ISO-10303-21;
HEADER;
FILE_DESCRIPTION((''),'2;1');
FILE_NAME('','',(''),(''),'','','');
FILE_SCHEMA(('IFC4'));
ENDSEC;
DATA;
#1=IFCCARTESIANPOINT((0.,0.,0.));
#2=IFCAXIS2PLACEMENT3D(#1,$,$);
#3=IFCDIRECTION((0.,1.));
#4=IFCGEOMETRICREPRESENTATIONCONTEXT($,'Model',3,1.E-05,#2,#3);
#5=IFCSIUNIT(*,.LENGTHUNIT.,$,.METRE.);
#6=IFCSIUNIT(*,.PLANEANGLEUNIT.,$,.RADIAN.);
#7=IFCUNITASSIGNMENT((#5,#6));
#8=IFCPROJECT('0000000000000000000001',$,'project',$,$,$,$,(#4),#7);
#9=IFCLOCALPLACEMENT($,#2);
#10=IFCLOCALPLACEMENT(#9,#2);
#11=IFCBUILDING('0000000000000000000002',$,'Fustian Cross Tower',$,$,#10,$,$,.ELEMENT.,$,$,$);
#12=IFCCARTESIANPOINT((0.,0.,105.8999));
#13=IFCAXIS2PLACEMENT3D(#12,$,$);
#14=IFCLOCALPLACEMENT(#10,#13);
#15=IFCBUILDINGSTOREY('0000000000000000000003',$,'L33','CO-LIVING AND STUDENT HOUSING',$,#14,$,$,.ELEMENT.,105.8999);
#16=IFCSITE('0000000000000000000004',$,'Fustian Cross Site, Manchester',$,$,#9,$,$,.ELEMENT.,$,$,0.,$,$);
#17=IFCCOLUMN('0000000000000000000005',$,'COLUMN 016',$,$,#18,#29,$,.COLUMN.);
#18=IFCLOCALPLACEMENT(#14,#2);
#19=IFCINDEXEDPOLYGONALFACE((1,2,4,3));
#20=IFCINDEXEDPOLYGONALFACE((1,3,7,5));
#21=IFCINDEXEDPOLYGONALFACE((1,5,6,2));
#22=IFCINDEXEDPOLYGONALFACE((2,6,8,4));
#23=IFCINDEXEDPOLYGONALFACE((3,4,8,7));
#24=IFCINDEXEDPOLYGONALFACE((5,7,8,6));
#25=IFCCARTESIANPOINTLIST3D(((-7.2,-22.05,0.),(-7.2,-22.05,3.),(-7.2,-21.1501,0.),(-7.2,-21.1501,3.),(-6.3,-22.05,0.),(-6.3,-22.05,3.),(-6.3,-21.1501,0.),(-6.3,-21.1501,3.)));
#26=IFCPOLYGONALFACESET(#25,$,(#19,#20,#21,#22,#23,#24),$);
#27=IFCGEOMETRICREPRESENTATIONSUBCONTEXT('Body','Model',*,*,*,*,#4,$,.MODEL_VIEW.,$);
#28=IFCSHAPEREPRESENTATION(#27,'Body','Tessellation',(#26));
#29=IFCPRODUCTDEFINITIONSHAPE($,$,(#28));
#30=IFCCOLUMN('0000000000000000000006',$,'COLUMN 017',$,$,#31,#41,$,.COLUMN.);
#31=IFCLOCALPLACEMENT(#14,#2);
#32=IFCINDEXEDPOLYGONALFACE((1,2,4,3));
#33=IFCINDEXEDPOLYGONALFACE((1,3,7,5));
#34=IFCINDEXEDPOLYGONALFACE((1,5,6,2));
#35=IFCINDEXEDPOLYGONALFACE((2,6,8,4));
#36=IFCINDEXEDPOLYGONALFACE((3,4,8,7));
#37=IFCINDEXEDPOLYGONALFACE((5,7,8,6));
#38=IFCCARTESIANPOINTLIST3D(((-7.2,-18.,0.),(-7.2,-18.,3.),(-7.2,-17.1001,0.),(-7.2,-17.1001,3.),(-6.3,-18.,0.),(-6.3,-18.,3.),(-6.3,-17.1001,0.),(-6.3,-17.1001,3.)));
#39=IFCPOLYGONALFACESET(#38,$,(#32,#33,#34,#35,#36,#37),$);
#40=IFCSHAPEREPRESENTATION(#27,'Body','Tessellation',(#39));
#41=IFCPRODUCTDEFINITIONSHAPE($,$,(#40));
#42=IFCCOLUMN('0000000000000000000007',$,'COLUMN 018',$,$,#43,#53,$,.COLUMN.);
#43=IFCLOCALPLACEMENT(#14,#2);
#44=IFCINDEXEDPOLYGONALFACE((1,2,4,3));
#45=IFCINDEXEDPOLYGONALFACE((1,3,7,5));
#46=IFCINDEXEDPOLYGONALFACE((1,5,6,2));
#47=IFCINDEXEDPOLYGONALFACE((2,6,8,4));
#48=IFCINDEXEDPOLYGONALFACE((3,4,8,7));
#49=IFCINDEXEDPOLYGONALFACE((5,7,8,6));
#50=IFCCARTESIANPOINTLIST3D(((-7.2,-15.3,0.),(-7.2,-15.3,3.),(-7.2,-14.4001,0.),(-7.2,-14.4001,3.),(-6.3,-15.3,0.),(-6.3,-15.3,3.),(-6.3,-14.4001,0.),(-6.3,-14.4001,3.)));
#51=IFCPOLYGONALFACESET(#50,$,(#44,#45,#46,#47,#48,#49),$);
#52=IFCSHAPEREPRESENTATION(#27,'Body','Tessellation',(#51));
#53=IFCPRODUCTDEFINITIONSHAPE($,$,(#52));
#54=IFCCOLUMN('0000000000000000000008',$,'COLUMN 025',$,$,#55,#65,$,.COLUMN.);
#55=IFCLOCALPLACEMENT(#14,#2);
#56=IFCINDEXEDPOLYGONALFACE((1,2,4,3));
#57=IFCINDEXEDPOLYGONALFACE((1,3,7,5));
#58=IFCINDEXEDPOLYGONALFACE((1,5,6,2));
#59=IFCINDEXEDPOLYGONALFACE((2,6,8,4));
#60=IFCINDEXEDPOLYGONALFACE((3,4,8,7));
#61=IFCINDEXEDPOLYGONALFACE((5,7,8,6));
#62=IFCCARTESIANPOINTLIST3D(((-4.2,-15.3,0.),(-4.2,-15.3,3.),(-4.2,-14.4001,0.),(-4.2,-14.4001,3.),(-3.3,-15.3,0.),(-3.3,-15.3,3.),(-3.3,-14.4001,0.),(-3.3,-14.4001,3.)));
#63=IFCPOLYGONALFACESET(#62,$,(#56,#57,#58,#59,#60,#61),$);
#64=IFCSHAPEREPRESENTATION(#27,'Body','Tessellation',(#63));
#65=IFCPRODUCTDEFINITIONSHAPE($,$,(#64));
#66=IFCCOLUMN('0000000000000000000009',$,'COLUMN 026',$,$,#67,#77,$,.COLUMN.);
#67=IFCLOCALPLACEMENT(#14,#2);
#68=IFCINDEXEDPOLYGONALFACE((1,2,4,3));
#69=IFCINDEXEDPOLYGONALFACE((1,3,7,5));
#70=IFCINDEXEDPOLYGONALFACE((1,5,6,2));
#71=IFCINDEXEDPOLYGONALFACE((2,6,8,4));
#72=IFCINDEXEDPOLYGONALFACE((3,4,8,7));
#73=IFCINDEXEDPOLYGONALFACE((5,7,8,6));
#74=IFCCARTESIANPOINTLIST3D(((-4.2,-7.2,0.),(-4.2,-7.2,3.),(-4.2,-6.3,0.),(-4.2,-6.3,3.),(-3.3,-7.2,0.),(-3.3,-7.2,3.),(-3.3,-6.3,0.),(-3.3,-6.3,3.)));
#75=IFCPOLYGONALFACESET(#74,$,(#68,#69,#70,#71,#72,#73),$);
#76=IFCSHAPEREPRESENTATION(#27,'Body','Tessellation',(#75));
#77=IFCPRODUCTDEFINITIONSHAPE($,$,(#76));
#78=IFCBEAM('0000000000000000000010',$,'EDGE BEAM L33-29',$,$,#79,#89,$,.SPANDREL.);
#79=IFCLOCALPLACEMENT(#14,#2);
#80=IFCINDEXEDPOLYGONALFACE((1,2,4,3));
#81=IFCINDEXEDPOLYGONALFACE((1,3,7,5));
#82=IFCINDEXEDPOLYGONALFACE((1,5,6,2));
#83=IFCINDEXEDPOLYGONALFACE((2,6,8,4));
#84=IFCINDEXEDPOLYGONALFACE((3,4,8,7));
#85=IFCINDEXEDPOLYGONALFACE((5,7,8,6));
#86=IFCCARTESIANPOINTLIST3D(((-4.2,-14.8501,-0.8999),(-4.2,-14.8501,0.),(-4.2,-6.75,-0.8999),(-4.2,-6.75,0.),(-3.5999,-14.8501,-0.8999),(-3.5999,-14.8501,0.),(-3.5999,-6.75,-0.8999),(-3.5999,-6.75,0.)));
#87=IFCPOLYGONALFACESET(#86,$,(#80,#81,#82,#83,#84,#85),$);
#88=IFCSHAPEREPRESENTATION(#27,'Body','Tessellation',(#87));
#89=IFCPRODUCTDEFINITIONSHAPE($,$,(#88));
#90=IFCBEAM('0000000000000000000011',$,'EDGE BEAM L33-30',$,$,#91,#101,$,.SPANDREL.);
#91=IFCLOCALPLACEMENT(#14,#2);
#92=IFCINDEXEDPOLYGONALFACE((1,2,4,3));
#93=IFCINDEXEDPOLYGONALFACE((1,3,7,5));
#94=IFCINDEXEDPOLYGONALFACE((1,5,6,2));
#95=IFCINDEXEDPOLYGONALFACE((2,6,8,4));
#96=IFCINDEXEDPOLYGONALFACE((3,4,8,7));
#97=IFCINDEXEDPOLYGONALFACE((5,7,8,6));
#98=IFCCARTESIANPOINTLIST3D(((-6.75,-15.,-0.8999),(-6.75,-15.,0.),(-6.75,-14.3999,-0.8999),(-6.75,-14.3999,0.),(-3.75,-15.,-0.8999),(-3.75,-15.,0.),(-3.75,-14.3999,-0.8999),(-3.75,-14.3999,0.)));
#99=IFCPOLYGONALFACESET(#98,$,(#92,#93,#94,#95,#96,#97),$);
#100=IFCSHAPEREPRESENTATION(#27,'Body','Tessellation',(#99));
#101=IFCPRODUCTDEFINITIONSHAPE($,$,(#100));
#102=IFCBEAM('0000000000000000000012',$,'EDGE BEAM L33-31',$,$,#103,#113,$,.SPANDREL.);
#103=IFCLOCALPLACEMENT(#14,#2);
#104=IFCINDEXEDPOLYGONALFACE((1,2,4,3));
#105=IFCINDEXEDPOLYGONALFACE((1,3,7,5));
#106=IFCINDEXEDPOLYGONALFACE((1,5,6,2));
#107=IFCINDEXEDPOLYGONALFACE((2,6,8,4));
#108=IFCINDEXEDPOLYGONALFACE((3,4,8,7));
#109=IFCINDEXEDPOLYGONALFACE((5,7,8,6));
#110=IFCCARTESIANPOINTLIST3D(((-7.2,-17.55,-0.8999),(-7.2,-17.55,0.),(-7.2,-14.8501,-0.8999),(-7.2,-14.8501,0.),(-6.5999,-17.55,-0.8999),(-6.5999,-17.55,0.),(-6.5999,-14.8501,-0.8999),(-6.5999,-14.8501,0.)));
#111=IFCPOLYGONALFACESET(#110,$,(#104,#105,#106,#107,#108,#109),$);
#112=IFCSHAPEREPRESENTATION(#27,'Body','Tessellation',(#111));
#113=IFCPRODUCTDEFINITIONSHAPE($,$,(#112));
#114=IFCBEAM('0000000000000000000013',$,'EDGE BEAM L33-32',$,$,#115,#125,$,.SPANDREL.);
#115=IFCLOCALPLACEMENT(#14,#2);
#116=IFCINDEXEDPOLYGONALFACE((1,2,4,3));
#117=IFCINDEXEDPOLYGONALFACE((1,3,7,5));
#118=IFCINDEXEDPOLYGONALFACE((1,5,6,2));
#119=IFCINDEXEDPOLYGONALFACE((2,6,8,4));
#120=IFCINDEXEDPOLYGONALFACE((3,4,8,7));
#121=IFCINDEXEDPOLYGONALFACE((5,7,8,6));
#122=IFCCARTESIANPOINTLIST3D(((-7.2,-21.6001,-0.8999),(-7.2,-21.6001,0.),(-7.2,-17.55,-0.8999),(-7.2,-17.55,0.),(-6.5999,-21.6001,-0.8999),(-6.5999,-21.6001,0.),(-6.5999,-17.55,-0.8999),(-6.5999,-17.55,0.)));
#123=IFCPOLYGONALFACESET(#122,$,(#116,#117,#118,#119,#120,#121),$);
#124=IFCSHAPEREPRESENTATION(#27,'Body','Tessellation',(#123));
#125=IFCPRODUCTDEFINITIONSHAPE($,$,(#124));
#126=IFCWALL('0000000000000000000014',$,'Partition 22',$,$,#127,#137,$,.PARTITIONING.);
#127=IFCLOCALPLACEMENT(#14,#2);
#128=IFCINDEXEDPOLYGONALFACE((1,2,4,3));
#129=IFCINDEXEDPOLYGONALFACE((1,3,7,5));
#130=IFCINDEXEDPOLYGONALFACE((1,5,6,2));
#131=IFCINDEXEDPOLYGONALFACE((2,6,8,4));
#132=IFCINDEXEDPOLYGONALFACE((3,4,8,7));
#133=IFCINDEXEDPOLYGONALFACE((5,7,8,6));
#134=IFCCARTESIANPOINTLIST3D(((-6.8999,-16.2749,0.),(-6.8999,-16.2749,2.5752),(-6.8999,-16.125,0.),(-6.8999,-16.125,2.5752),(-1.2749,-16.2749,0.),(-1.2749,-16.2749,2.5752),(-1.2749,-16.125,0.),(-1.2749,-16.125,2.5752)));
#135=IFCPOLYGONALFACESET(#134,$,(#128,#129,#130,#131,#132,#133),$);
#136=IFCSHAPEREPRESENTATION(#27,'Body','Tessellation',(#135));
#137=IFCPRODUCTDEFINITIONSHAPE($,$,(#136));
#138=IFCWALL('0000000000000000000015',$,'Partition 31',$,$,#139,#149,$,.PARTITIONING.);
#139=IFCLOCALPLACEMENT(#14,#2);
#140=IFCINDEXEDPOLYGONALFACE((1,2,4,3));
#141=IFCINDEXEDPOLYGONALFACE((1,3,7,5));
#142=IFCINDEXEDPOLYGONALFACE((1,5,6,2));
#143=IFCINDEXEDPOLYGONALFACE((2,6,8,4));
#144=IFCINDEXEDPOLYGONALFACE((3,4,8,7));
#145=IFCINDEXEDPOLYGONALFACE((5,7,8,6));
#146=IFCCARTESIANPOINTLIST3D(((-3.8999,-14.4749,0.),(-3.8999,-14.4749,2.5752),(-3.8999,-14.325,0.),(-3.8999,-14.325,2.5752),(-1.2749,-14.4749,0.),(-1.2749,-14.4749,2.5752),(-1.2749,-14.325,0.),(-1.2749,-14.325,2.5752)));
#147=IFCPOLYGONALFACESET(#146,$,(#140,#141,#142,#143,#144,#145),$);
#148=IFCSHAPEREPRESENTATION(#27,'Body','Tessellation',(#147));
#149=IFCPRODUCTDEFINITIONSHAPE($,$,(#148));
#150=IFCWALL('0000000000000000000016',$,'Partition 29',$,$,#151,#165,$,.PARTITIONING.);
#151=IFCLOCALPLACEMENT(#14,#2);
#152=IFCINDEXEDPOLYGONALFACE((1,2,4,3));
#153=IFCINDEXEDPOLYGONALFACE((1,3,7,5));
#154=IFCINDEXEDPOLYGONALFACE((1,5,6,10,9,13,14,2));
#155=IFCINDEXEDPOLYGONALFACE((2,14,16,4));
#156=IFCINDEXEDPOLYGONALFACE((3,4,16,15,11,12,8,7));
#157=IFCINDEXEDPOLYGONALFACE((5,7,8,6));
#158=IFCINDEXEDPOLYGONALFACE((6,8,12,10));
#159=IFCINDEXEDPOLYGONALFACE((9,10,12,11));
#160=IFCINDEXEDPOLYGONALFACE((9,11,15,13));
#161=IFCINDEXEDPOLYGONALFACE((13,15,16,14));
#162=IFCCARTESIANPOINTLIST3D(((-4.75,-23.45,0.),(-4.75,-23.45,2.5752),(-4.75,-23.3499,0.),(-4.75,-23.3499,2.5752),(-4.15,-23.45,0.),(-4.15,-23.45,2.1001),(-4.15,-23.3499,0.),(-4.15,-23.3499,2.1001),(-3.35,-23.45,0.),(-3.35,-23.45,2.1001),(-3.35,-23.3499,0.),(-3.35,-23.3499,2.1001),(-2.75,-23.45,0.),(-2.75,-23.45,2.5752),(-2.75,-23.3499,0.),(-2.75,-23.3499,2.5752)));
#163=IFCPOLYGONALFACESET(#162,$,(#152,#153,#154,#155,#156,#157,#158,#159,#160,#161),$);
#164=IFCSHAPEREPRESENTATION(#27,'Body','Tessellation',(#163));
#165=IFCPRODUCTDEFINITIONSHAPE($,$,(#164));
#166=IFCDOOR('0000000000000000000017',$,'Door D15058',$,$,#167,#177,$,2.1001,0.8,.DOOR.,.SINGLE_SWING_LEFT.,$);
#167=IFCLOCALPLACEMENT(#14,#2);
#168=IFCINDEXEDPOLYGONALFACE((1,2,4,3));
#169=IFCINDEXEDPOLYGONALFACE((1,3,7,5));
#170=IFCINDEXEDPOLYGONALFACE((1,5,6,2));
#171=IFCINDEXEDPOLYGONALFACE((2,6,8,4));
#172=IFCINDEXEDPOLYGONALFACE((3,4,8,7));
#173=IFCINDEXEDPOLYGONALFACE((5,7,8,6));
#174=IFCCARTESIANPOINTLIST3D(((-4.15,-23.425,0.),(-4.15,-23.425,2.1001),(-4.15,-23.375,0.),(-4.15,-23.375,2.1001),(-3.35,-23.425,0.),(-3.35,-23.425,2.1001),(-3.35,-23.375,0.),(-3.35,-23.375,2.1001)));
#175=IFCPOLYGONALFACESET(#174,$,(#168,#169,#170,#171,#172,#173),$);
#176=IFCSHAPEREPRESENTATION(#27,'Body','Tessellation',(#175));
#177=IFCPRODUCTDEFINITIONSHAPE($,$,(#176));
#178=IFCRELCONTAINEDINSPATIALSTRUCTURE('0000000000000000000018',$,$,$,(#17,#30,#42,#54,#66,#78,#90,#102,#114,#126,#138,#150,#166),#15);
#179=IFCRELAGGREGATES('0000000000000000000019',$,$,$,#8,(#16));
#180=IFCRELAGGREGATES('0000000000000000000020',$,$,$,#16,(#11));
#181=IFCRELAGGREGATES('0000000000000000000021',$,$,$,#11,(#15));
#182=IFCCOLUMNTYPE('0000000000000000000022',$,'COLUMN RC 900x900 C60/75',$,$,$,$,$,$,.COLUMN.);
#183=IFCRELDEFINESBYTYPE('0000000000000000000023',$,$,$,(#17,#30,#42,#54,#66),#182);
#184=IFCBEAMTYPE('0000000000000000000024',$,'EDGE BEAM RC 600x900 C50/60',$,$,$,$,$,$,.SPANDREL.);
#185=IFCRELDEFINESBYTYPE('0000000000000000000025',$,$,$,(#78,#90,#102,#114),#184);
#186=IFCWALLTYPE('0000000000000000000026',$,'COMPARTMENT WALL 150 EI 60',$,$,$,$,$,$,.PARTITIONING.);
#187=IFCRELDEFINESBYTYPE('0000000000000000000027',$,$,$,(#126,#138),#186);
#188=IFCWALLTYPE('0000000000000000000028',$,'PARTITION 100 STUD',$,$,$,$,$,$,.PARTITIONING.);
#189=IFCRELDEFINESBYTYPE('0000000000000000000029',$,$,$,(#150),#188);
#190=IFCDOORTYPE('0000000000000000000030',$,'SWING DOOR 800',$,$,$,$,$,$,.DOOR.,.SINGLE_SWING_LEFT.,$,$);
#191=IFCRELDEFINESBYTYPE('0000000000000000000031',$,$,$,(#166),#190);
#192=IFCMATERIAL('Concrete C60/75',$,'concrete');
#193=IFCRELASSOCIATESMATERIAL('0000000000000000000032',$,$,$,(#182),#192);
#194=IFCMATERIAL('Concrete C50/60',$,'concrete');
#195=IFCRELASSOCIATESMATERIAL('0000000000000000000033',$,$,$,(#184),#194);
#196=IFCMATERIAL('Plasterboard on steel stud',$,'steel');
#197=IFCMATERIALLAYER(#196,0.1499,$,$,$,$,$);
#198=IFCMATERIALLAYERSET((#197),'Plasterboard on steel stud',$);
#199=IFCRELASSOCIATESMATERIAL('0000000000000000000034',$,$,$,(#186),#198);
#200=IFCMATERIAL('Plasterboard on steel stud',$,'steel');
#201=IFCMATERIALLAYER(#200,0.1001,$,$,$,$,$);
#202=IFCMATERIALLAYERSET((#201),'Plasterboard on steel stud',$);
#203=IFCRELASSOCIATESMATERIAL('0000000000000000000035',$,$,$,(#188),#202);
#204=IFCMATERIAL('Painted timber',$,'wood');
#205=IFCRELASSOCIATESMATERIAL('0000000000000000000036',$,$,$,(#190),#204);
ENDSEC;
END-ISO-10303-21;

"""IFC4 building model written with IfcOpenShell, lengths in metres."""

from ifc_helpers import new_model, si_unit, direction, frame, frame_2d, origin, origin_2d, place, context, subcontext, project, spatial, rectangle, extrude, material, layer, layer_set, material_profile, profile_set, type_object, element, fill, save


model = new_model("IFC4")

# Units and contexts
model_context = context("Model", 3, precision=1e-05, world=origin(), true_north=direction((0.0, 1.0)))
body_context = subcontext(model_context, "Body", "Model", "MODEL_VIEW")
ifc_project = project(units=[si_unit("LENGTHUNIT", "METRE"), si_unit("PLANEANGLEUNIT", "RADIAN")], contexts=[model_context])

# Site, building, storey
site_placement = place(None, origin())
site = spatial("IfcSite", under=ifc_project, at=site_placement, Name="Fustian Cross Site, Manchester", CompositionType="ELEMENT", RefElevation=0.0)
building_placement = place(site_placement, origin())
building = spatial("IfcBuilding", under=site, at=building_placement, Name="Fustian Cross Tower", CompositionType="ELEMENT")
storey_placement = place(building_placement, frame((0.0, 0.0, 105.8999)))
storey = spatial("IfcBuildingStorey", under=building, at=storey_placement, Name="L33", Description="CO-LIVING AND STUDENT HOUSING", CompositionType="ELEMENT", Elevation=105.8999)

# Columns
ifc_material_1 = material(Name="Concrete C60/75", Category="concrete")
ifc_material_profile_1 = material_profile(ifc_material_1, rectangle(XDim=0.8999, YDim=0.8999, at=origin_2d()), Name="RC 900x900")
ifc_profile_set_1 = profile_set([ifc_material_profile_1], Name="Concrete C60/75")
column_type = type_object("IfcColumnType", Name="COLUMN RC 900x900 C60/75", PredefinedType="COLUMN", material=ifc_profile_set_1)
for number, where, z_axis, x_axis, name in (
    (1, (-6.75, -21.6001, 0.0), (0.0, 0.0, 1.0), (1.0, 0.0, 0.0), "COLUMN 016"),
    (2, (-6.75, -17.55, 0.0), (0.0, 0.0, 1.0), (1.0, 0.0, 0.0), "COLUMN 017"),
    (3, (-6.75, -14.8501, 0.0), (0.0, 0.0, 1.0), (1.0, 0.0, 0.0), "COLUMN 018"),
    (4, (-3.75, -14.8501, 0.0), (0.0, 0.0, 1.0), (1.0, 0.0, 0.0), "COLUMN 025"),
    (5, (-3.75, -6.75, 0.0), (0.0, 0.0, 1.0), (1.0, 0.0, 0.0), "COLUMN 026"),
):
    element("IfcColumn", number, at=place(storey_placement, frame(where, z_axis=z_axis, x_axis=x_axis)), inside=storey, type_object=column_type, Name=name, PredefinedType="COLUMN", context=body_context, shape_type="SweptSolid", body=[
        extrude(rectangle(XDim=0.8999, YDim=0.8999, at=origin_2d()), origin(), (0.0, 0.0, 1.0), 3.0),
    ])

# Beams
ifc_material_2 = material(Name="Concrete C50/60", Category="concrete")
ifc_material_profile_2 = material_profile(ifc_material_2, rectangle(XDim=0.6001, YDim=0.8999, at=origin_2d()), Name="RC 600x900")
ifc_profile_set_2 = profile_set([ifc_material_profile_2], Name="Concrete C50/60")
beam_type = type_object("IfcBeamType", Name="EDGE BEAM RC 600x900 C50/60", PredefinedType="SPANDREL", material=ifc_profile_set_2)
beam_1_placement = place(storey_placement, frame((-3.8999, -6.75, -0.45), z_axis=(0.0, -1.0, 0.0), x_axis=(1.0, 0.0, 0.0)))
element("IfcBeam", 6, at=beam_1_placement, inside=storey, type_object=beam_type, Name="EDGE BEAM L33-29", PredefinedType="SPANDREL", context=body_context, shape_type="SweptSolid", body=[
    extrude(rectangle(XDim=0.6001, YDim=0.8999, at=origin_2d()), origin(), (0.0, 0.0, 1.0), 8.1001),
])
beam_2_placement = place(storey_placement, frame((-3.75, -14.7, -0.45), z_axis=(-1.0, 0.0, 0.0), x_axis=(0.0, -1.0, 0.0)))
element("IfcBeam", 7, at=beam_2_placement, inside=storey, type_object=beam_type, Name="EDGE BEAM L33-30", PredefinedType="SPANDREL", context=body_context, shape_type="SweptSolid", body=[
    extrude(rectangle(XDim=0.6001, YDim=0.8999, at=origin_2d()), origin(), (0.0, 0.0, 1.0), 3.0),
])
beam_3_placement = place(storey_placement, frame((-6.8999, -14.8501, -0.45), z_axis=(0.0, -1.0, 0.0), x_axis=(1.0, 0.0, 0.0)))
element("IfcBeam", 8, at=beam_3_placement, inside=storey, type_object=beam_type, Name="EDGE BEAM L33-31", PredefinedType="SPANDREL", context=body_context, shape_type="SweptSolid", body=[
    extrude(rectangle(XDim=0.6001, YDim=0.8999, at=origin_2d()), origin(), (0.0, 0.0, 1.0), 2.7),
])
beam_4_placement = place(storey_placement, frame((-6.8999, -17.55, -0.45), z_axis=(0.0, -1.0, 0.0), x_axis=(1.0, 0.0, 0.0)))
element("IfcBeam", 9, at=beam_4_placement, inside=storey, type_object=beam_type, Name="EDGE BEAM L33-32", PredefinedType="SPANDREL", context=body_context, shape_type="SweptSolid", body=[
    extrude(rectangle(XDim=0.6001, YDim=0.8999, at=origin_2d()), origin(), (0.0, 0.0, 1.0), 4.05),
])

# Walls
ifc_material_3 = material(Name="Plasterboard on steel stud", Category="steel")
ifc_layer_1 = layer(ifc_material_3, 0.1499)
ifc_layer_set_1 = layer_set([ifc_layer_1], Name="Plasterboard on steel stud")
wall_type_1 = type_object("IfcWallType", Name="COMPARTMENT WALL 150 EI 60", PredefinedType="PARTITIONING", material=ifc_layer_set_1)
wall_1_placement = place(storey_placement, frame((-6.8999, -16.2, 0.0), z_axis=(0.0, 0.0, 1.0), x_axis=(1.0, 0.0, 0.0)))
element("IfcWall", 10, at=wall_1_placement, inside=storey, type_object=wall_type_1, Name="Partition 22", PredefinedType="PARTITIONING", context=body_context, shape_type="SweptSolid", body=[
    extrude(rectangle(XDim=5.625, YDim=0.1499, at=frame_2d((2.8125, 0.0))), origin(), (0.0, 0.0, 1.0), 2.5752),
])
wall_2_placement = place(storey_placement, frame((-3.8999, -14.3999, 0.0), z_axis=(0.0, 0.0, 1.0), x_axis=(1.0, 0.0, 0.0)))
element("IfcWall", 11, at=wall_2_placement, inside=storey, type_object=wall_type_1, Name="Partition 31", PredefinedType="PARTITIONING", context=body_context, shape_type="SweptSolid", body=[
    extrude(rectangle(XDim=2.625, YDim=0.1499, at=frame_2d((1.3125, 0.0))), origin(), (0.0, 0.0, 1.0), 2.5752),
])

# Wall, opening, door
ifc_material_4 = material(Name="Plasterboard on steel stud", Category="steel")
ifc_layer_2 = layer(ifc_material_4, 0.1001)
ifc_layer_set_2 = layer_set([ifc_layer_2], Name="Plasterboard on steel stud")
wall_type_2 = type_object("IfcWallType", Name="PARTITION 100 STUD", PredefinedType="PARTITIONING", material=ifc_layer_set_2)
wall_3_placement = place(storey_placement, frame((-4.75, -23.3999, 0.0), z_axis=(0.0, 0.0, 1.0), x_axis=(1.0, 0.0, 0.0)))
wall_3 = element("IfcWall", 12, at=wall_3_placement, inside=storey, type_object=wall_type_2, Name="Partition 29", PredefinedType="PARTITIONING", context=body_context, shape_type="SweptSolid", body=[
    extrude(rectangle(XDim=2.0, YDim=0.1001, at=frame_2d((1.0, 0.0))), origin(), (0.0, 0.0, 1.0), 2.5752),
])
opening_1_placement = place(wall_3_placement, frame((0.6001, 0.0, 0.0)))
opening_1 = element("IfcOpeningElement", 13, at=opening_1_placement, cuts=wall_3, PredefinedType="OPENING", context=body_context, shape_type="SweptSolid", body=[
    extrude(rectangle(XDim=0.8, YDim=2.1001, at=frame_2d((0.3999, 1.05))), frame((0.0, 0.0601, 0.0), z_axis=(0.0, -1.0, 0.0), x_axis=(1.0, 0.0, 0.0)), (0.0, 0.0, 1.0), 0.1201),
])
ifc_material_5 = material(Name="Painted timber", Category="wood")
door_type_1 = type_object("IfcDoorType", Name="SWING DOOR 800", OperationType="SINGLE_SWING_LEFT", PredefinedType="DOOR", material=ifc_material_5)
door_1_placement = place(opening_1_placement, origin())
door_1 = element("IfcDoor", 14, at=door_1_placement, inside=storey, type_object=door_type_1, Name="Door D15058", OperationType="SINGLE_SWING_LEFT", OverallHeight=2.1001, OverallWidth=0.8, PredefinedType="DOOR", context=body_context, shape_type="SweptSolid", body=[
    extrude(rectangle(XDim=0.8, YDim=2.1001, at=frame_2d((0.3999, 1.05))), frame((0.0, 0.0249, 0.0), z_axis=(0.0, -1.0, 0.0), x_axis=(1.0, 0.0, 0.0)), (0.0, 0.0, 1.0), 0.05),
])
fill(opening_1, door_1)

save(model, "model.ifc")
